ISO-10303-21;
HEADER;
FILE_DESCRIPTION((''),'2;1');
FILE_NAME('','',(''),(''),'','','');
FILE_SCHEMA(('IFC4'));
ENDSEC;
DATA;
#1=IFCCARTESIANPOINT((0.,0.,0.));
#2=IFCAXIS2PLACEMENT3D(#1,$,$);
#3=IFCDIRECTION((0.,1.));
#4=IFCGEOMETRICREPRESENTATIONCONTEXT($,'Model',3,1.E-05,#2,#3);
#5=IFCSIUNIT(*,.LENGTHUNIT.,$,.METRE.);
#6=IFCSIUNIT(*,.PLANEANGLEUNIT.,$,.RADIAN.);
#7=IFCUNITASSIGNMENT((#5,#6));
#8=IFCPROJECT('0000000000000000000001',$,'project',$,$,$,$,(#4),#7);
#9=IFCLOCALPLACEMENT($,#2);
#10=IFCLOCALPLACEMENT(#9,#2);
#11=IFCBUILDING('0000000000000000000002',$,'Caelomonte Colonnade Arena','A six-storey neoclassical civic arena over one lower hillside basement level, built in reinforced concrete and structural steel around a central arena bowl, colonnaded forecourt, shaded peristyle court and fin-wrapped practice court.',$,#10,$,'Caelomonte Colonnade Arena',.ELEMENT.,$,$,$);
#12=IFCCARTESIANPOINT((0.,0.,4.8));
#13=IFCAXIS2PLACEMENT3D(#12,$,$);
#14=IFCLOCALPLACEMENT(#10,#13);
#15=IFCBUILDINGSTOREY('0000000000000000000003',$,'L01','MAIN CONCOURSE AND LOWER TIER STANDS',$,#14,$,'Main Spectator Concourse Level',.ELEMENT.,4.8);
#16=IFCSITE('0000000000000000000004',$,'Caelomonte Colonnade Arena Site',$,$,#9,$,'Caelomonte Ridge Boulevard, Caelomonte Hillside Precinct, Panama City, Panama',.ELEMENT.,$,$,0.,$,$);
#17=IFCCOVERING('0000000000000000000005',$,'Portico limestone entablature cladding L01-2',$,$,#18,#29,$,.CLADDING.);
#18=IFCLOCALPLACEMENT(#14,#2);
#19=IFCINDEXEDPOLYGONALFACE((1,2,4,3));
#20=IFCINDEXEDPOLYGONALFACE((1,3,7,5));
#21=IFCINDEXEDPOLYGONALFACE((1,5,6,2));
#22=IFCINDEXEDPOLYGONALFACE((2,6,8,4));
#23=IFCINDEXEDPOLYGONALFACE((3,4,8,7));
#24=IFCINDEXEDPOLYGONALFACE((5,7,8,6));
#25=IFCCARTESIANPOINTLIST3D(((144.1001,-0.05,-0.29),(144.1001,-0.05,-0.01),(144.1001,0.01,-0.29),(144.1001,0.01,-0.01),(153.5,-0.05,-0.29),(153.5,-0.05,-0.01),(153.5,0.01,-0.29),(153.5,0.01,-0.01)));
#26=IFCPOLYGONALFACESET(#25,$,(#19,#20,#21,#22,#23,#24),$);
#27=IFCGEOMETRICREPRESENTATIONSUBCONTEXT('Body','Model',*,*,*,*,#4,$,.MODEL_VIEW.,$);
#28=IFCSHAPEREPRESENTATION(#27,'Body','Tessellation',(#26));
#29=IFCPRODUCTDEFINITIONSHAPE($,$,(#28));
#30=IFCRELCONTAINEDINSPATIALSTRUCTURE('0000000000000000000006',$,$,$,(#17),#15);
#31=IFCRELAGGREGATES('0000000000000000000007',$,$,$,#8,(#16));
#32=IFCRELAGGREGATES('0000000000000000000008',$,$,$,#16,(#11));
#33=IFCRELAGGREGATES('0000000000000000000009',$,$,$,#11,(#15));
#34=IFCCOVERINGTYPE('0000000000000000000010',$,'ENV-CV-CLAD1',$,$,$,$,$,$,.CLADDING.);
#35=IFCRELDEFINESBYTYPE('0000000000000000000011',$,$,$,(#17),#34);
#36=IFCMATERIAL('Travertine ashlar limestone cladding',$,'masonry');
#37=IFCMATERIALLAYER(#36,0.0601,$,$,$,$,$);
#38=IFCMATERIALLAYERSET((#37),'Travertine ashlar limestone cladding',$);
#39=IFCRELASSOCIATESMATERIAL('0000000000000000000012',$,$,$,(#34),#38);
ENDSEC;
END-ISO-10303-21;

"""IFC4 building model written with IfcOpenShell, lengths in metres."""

from ifc_helpers import new_model, si_unit, direction, frame, origin, origin_2d, place, context, subcontext, project, spatial, rectangle, extrude, material, layer, layer_set, type_object, element, save


model = new_model("IFC4")

# Units and contexts
model_context = context("Model", 3, precision=1e-05, world=origin(), true_north=direction((0.0, 1.0)))
body_context = subcontext(model_context, "Body", "Model", "MODEL_VIEW")
ifc_project = project(units=[si_unit("LENGTHUNIT", "METRE"), si_unit("PLANEANGLEUNIT", "RADIAN")], contexts=[model_context])

# Site, building, storey
site_placement = place(None, origin())
site = spatial("IfcSite", under=ifc_project, at=site_placement, Name="Caelomonte Colonnade Arena Site", LongName="Caelomonte Ridge Boulevard, Caelomonte Hillside Precinct, Panama City, Panama", CompositionType="ELEMENT", RefElevation=0.0)
building_placement = place(site_placement, origin())
building = spatial("IfcBuilding", under=site, at=building_placement, Name="Caelomonte Colonnade Arena", Description="A six-storey neoclassical civic arena over one lower hillside basement level, built in reinforced concrete and structural steel around a central arena bowl, colonnaded forecourt, shaded peristyle court and fin-wrapped practice court.", LongName="Caelomonte Colonnade Arena", CompositionType="ELEMENT")
storey_placement = place(building_placement, frame((0.0, 0.0, 4.8)))
storey = spatial("IfcBuildingStorey", under=building, at=storey_placement, Name="L01", Description="MAIN CONCOURSE AND LOWER TIER STANDS", LongName="Main Spectator Concourse Level", CompositionType="ELEMENT", Elevation=4.8)

# Covering
ifc_material_1 = material(Name="Travertine ashlar limestone cladding", Category="masonry")
ifc_layer_1 = layer(ifc_material_1, 0.0601)
ifc_layer_set_1 = layer_set([ifc_layer_1], Name="Travertine ashlar limestone cladding")
covering_type = type_object("IfcCoveringType", Name="ENV-CV-CLAD1", PredefinedType="CLADDING", material=ifc_layer_set_1)
covering_placement = place(storey_placement, frame((148.8, -0.02, -0.29), z_axis=(0.0, 0.0, 1.0), x_axis=(1.0, 0.0, 0.0)))
element("IfcCovering", 1, at=covering_placement, inside=storey, type_object=covering_type, Name="Portico limestone entablature cladding L01-2", PredefinedType="CLADDING", context=body_context, shape_type="SweptSolid", body=[
    extrude(rectangle(XDim=9.3999, YDim=0.0601, at=origin_2d()), origin(), (0.0, 0.0, 1.0), 0.28),
])

save(model, "model.ifc")
